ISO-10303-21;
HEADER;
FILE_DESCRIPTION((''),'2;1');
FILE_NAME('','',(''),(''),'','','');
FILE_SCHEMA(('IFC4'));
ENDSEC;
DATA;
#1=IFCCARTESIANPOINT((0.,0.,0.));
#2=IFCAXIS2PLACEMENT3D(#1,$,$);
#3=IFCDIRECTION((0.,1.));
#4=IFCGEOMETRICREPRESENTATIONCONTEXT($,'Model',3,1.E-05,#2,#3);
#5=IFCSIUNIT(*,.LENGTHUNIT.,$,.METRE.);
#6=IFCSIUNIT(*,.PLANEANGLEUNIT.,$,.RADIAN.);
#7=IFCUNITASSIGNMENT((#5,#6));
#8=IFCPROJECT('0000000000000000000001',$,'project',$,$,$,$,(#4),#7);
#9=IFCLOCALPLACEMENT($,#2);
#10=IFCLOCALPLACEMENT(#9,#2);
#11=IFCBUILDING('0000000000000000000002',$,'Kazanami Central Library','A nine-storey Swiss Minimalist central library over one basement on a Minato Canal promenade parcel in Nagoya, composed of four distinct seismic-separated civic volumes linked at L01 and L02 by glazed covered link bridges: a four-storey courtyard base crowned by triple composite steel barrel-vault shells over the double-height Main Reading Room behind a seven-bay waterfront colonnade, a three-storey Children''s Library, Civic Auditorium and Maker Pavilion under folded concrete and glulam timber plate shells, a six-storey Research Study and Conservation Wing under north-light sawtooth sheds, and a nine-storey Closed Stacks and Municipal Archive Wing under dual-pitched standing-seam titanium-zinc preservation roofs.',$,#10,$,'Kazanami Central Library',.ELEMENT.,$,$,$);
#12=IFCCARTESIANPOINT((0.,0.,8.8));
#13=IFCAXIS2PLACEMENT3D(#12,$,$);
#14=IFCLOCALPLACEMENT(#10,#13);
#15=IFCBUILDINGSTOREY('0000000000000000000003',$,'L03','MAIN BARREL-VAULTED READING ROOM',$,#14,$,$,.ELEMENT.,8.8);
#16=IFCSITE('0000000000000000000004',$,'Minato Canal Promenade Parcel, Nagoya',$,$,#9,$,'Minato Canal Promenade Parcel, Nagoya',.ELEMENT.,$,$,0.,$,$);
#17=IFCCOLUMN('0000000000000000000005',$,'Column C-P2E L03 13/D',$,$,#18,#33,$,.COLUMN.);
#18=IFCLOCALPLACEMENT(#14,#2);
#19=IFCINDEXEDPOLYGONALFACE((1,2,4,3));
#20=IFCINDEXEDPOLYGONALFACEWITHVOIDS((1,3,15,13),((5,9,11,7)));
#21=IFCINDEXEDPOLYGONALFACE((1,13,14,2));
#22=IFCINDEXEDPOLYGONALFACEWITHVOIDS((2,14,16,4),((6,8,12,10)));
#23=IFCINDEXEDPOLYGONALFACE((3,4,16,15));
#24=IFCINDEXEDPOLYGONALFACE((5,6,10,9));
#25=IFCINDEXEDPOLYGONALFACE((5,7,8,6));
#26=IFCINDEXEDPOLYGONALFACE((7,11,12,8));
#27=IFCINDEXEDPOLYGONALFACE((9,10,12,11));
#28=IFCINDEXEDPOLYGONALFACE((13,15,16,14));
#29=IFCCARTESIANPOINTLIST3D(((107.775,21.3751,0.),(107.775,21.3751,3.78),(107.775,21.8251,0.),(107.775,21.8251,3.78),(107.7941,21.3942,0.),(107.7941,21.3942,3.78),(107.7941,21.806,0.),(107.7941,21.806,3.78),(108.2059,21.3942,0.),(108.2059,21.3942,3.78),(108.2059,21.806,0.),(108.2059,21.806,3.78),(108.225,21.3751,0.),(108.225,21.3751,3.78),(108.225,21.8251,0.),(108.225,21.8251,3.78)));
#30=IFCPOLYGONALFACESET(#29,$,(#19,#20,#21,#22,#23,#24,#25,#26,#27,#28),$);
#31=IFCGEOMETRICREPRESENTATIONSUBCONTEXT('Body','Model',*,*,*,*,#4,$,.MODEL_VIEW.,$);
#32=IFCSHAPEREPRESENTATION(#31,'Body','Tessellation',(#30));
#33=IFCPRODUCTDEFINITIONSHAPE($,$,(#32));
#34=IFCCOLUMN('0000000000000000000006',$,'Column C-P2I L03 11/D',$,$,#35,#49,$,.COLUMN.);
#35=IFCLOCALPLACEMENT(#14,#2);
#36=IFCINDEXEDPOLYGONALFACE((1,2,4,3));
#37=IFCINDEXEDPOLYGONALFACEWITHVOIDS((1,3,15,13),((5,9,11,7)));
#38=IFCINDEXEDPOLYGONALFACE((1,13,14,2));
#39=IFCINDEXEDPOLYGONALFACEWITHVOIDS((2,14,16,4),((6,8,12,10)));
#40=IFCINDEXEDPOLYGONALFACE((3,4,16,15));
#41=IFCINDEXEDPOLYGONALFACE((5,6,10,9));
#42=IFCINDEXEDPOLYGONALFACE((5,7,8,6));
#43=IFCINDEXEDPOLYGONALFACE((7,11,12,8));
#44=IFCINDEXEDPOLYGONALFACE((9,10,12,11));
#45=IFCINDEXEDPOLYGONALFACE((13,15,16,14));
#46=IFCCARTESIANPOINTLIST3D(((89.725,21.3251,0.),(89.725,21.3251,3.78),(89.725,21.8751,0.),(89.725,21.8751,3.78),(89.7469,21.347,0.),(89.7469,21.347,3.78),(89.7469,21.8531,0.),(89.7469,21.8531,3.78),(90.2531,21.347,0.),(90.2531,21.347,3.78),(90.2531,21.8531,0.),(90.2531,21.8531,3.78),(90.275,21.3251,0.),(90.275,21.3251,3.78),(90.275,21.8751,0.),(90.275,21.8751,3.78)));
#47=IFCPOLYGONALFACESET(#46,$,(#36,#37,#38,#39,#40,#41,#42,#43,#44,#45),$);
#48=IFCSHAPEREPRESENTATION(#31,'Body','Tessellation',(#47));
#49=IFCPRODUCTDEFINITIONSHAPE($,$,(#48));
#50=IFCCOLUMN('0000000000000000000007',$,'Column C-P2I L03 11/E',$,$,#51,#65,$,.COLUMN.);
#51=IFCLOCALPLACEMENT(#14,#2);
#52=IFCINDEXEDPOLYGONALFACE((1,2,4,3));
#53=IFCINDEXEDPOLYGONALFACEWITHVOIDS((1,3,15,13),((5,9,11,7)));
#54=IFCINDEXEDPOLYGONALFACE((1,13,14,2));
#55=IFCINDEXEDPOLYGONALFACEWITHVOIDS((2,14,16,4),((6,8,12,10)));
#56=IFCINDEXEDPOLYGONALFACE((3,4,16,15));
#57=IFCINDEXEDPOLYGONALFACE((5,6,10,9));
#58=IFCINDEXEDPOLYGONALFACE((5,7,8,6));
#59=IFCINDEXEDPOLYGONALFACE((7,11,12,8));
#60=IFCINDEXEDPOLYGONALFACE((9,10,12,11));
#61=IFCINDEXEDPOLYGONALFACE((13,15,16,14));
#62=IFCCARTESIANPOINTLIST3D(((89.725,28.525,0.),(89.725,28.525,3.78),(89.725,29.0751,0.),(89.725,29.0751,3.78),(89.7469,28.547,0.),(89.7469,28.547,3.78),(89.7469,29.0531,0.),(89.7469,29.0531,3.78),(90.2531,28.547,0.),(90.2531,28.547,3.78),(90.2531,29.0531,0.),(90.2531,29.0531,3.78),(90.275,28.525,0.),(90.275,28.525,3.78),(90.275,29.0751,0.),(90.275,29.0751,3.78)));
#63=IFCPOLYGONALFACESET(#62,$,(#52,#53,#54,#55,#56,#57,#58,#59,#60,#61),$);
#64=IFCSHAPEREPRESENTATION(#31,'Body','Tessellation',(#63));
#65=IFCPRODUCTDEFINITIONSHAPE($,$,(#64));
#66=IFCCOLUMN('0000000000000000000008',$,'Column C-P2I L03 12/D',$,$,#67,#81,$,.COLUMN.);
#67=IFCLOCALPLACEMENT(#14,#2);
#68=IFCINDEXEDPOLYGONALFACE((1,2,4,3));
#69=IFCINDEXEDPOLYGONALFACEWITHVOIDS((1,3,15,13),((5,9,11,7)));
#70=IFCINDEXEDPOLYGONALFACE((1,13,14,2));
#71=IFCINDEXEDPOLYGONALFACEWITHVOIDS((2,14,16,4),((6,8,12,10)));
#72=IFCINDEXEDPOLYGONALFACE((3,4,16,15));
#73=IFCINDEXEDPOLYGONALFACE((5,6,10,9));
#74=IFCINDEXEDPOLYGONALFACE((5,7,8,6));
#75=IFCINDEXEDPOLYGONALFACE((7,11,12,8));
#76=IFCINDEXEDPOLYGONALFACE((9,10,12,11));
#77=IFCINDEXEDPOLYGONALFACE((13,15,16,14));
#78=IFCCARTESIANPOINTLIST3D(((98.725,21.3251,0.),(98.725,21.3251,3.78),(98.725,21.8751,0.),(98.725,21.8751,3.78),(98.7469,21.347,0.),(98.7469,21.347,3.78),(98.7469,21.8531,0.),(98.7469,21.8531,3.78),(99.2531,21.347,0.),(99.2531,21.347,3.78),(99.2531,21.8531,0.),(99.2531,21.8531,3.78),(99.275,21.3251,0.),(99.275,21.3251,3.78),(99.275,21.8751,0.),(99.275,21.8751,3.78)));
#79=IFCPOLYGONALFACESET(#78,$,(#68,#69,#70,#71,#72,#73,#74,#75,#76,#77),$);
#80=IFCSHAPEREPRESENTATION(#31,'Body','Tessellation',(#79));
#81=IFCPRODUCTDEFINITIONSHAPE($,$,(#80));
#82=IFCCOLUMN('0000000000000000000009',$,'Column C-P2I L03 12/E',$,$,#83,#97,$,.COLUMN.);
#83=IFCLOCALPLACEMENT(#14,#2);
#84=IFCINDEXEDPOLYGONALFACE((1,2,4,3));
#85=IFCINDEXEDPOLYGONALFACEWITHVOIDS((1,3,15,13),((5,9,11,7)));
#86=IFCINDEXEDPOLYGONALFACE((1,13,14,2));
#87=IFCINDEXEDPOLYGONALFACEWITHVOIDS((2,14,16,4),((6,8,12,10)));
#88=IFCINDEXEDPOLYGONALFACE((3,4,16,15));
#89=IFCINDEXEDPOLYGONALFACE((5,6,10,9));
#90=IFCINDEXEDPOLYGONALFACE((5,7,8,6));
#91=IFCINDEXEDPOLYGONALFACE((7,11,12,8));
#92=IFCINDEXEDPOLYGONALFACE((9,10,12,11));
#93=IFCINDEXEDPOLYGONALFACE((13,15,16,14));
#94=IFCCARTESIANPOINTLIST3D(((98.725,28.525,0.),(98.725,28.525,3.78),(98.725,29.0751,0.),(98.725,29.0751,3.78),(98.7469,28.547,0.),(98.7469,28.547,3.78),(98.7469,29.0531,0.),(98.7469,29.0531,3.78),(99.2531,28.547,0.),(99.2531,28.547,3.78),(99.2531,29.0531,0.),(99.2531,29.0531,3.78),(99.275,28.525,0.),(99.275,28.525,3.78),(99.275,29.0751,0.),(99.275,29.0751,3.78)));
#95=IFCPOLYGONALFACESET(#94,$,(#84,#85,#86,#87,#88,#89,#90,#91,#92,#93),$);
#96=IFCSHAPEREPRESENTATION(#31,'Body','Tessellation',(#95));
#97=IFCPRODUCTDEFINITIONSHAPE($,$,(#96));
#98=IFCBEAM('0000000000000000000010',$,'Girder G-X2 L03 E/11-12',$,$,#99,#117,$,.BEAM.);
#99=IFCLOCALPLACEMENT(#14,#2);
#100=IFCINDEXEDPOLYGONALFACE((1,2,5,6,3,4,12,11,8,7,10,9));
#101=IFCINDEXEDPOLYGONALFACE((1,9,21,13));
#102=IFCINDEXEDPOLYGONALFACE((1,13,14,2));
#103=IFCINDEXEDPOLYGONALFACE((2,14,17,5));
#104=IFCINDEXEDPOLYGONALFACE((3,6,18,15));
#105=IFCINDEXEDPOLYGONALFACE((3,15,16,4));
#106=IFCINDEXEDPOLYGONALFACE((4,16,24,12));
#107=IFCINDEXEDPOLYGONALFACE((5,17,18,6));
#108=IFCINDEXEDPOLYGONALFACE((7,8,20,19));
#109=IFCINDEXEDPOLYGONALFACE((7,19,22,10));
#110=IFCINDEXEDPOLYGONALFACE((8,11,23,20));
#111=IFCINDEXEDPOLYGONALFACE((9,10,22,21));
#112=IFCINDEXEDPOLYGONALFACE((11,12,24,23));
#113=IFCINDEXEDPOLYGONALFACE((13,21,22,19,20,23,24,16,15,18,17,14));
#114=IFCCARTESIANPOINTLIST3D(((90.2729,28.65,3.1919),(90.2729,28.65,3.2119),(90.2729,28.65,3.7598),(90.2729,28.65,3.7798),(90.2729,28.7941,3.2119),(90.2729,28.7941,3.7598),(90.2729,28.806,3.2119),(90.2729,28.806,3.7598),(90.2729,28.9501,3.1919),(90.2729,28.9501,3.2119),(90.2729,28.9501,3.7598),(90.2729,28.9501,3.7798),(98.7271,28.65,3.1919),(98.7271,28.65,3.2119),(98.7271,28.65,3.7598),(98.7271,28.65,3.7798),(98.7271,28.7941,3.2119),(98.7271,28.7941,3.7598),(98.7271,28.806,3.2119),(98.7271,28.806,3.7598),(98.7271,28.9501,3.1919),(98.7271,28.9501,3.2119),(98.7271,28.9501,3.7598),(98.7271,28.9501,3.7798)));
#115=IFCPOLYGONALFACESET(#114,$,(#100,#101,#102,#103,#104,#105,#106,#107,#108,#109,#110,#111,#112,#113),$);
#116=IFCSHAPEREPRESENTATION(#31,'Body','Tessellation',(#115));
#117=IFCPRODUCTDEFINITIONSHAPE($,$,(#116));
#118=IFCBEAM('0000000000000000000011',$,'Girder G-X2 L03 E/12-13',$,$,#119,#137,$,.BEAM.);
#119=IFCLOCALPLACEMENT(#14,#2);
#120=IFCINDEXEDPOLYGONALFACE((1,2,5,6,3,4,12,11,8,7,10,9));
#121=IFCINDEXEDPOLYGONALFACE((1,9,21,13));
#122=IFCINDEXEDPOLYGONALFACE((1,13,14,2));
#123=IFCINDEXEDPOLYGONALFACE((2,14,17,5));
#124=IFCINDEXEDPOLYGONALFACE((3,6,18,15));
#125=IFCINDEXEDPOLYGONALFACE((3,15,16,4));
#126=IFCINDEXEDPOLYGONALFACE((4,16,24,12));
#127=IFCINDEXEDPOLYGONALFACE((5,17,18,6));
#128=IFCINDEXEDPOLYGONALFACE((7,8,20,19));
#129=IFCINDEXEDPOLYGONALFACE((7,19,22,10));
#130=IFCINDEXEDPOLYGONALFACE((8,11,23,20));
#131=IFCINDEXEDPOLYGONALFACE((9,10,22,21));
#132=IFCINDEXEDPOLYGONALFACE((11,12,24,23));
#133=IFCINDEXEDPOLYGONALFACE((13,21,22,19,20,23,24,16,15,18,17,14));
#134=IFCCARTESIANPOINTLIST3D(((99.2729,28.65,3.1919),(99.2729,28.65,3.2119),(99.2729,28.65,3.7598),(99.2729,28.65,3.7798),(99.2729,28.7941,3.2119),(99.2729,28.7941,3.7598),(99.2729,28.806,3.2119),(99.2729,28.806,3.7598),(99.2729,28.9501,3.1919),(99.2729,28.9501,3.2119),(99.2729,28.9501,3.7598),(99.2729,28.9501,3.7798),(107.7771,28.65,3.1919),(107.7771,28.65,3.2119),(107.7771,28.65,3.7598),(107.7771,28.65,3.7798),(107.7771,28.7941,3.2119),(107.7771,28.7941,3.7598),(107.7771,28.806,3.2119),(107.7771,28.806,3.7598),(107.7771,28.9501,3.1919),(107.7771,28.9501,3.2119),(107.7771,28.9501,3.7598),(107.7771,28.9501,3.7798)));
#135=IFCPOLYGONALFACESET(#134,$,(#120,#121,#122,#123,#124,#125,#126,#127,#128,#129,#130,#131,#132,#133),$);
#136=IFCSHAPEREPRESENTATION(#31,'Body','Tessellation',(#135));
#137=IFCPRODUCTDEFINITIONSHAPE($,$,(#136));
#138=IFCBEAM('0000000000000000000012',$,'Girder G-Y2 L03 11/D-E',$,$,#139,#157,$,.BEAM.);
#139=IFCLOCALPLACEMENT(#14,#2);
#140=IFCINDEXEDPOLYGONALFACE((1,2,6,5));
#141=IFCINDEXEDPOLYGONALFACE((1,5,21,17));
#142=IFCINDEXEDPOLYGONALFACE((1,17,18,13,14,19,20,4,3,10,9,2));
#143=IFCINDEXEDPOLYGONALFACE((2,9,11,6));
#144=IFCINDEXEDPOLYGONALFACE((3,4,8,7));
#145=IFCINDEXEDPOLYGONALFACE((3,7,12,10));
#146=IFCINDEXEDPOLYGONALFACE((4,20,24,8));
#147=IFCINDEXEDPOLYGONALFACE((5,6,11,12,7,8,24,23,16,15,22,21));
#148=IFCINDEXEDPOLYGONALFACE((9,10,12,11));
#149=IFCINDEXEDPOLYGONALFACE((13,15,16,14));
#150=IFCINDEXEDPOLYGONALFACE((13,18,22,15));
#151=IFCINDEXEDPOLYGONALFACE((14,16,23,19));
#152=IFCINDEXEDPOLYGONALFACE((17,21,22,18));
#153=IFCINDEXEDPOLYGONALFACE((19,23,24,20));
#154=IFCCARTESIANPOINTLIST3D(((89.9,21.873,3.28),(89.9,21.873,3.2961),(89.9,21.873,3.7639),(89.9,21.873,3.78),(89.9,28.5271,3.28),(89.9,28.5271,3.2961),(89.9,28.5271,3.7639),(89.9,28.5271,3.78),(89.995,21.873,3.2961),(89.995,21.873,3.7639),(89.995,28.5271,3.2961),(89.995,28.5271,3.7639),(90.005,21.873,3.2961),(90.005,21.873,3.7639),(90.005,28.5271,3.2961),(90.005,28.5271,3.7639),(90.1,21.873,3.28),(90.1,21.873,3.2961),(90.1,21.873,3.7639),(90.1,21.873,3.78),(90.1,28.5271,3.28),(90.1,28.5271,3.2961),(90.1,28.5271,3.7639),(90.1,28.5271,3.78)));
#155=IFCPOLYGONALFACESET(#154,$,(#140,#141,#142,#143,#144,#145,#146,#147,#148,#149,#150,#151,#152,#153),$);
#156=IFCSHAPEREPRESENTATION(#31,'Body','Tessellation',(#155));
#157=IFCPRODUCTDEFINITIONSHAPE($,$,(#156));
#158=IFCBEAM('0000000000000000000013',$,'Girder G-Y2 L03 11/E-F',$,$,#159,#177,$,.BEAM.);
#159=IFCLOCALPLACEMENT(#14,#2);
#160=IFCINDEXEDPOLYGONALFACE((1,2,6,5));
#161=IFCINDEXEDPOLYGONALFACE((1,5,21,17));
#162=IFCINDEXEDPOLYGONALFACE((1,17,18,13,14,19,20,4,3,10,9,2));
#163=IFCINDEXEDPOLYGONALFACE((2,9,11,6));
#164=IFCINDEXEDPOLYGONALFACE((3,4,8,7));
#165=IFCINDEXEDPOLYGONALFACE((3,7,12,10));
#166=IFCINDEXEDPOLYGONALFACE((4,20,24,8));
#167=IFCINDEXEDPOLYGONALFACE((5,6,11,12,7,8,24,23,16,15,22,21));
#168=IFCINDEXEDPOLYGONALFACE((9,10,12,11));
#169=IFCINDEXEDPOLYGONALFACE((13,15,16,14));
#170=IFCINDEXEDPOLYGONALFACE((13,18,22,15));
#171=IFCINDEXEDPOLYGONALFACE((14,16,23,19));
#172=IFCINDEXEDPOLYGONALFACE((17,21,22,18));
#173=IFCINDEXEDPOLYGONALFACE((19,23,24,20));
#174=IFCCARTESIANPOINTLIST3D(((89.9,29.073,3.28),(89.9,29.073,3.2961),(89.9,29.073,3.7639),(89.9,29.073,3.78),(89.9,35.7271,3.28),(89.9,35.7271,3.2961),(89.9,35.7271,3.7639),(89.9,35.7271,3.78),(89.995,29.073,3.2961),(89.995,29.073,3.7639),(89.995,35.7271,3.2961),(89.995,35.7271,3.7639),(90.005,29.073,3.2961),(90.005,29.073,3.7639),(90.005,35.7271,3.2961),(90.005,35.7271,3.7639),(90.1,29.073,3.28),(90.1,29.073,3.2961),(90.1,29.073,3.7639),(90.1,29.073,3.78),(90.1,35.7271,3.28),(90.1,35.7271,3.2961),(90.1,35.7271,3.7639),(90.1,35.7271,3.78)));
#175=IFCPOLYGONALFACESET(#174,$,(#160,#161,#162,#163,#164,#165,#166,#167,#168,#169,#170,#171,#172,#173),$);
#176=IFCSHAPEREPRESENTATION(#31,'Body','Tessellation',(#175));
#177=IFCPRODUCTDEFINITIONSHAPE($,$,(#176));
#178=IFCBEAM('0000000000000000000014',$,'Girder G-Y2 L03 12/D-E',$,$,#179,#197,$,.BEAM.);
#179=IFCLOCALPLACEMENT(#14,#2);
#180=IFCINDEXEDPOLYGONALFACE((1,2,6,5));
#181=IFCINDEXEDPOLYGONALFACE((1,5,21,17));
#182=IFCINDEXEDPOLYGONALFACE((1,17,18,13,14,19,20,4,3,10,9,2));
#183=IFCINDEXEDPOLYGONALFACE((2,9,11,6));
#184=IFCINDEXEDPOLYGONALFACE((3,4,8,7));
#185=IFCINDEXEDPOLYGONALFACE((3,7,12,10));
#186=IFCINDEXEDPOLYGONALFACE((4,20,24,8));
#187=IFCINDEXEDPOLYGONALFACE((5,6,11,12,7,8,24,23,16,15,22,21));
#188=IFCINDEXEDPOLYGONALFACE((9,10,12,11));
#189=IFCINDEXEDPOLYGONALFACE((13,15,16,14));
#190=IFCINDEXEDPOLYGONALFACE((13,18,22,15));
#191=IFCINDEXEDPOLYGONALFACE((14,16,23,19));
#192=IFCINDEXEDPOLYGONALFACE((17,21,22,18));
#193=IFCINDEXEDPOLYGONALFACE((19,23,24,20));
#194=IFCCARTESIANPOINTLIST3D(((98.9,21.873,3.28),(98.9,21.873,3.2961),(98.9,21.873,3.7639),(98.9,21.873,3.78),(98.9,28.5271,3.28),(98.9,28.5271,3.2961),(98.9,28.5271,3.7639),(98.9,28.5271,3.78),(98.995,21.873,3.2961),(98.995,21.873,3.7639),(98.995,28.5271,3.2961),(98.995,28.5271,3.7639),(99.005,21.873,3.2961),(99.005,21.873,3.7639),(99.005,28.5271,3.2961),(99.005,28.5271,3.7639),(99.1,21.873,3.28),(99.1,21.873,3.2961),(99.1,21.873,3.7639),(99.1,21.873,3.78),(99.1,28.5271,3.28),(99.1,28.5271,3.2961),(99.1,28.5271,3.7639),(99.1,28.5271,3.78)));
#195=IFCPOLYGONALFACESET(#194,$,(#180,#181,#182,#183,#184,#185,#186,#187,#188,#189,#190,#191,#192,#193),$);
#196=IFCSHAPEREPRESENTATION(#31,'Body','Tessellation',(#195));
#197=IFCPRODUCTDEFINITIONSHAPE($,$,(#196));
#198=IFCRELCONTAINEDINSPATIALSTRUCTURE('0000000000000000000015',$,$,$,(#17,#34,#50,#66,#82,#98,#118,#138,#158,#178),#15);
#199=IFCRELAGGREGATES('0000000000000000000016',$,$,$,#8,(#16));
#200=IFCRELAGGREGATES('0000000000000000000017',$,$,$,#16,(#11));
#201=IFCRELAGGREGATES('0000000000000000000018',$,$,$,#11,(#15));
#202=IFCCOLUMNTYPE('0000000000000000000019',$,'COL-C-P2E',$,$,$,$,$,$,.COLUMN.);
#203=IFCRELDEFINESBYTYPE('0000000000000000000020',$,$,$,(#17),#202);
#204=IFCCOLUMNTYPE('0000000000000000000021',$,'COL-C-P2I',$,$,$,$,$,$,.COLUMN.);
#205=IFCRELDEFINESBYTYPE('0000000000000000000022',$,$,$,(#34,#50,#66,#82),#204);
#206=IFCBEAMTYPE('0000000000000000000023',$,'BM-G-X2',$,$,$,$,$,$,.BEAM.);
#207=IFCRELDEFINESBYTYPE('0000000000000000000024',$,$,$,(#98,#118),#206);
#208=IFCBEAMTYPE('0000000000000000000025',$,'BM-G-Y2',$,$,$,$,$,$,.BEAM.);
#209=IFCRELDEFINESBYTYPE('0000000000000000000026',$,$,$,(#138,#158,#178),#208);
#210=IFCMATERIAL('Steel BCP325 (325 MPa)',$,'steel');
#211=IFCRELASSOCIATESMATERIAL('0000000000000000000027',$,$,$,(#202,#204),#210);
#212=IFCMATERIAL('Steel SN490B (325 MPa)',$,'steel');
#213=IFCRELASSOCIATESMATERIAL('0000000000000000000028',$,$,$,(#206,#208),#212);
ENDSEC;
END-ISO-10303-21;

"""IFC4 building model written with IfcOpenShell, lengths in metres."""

from ifc_helpers import new_model, si_unit, direction, frame, origin, origin_2d, place, context, subcontext, project, spatial, hollow_rectangle, i_section, extrude, material, material_profile, profile_set, type_object, element, save


model = new_model("IFC4")

# Units and contexts
model_context = context("Model", 3, precision=1e-05, world=origin(), true_north=direction((0.0, 1.0)))
body_context = subcontext(model_context, "Body", "Model", "MODEL_VIEW")
ifc_project = project(units=[si_unit("LENGTHUNIT", "METRE"), si_unit("PLANEANGLEUNIT", "RADIAN")], contexts=[model_context])

# Site, building, storey
site_placement = place(None, origin())
site = spatial("IfcSite", under=ifc_project, at=site_placement, Name="Minato Canal Promenade Parcel, Nagoya", LongName="Minato Canal Promenade Parcel, Nagoya", CompositionType="ELEMENT", RefElevation=0.0)
building_placement = place(site_placement, origin())
building = spatial("IfcBuilding", under=site, at=building_placement, Name="Kazanami Central Library", Description="A nine-storey Swiss Minimalist central library over one basement on a Minato Canal promenade parcel in Nagoya, composed of four distinct seismic-separated civic volumes linked at L01 and L02 by glazed covered link bridges: a four-storey courtyard base crowned by triple composite steel barrel-vault shells over the double-height Main Reading Room behind a seven-bay waterfront colonnade, a three-storey Children's Library, Civic Auditorium and Maker Pavilion under folded concrete and glulam timber plate shells, a six-storey Research Study and Conservation Wing under north-light sawtooth sheds, and a nine-storey Closed Stacks and Municipal Archive Wing under dual-pitched standing-seam titanium-zinc preservation roofs.", LongName="Kazanami Central Library", CompositionType="ELEMENT")
storey_placement = place(building_placement, frame((0.0, 0.0, 8.8)))
storey = spatial("IfcBuildingStorey", under=building, at=storey_placement, Name="L03", Description="MAIN BARREL-VAULTED READING ROOM", CompositionType="ELEMENT", Elevation=8.8)

# Columns
ifc_material_1 = material(Name="Steel BCP325 (325 MPa)", Category="steel")
ifc_material_profile_1 = material_profile(ifc_material_1, hollow_rectangle(XDim=0.45, YDim=0.45, WallThickness=0.019, at=origin_2d()), Name="BCP-450x450x19")
ifc_profile_set_1 = profile_set([ifc_material_profile_1], Name="Steel BCP325 (325 MPa)")
column_type_1 = type_object("IfcColumnType", Name="COL-C-P2E", PredefinedType="COLUMN", material=ifc_profile_set_1)
column_placement = place(storey_placement, frame((108.0, 21.6001, 0.0), z_axis=(0.0, 0.0, 1.0), x_axis=(1.0, 0.0, 0.0)))
element("IfcColumn", 1, at=column_placement, inside=storey, type_object=column_type_1, Name="Column C-P2E L03 13/D", PredefinedType="COLUMN", context=body_context, shape_type="SweptSolid", body=[
    extrude(hollow_rectangle(XDim=0.45, YDim=0.45, WallThickness=0.019, at=origin_2d()), origin(), (0.0, 0.0, 1.0), 3.78),
])
ifc_material_profile_2 = material_profile(ifc_material_1, hollow_rectangle(XDim=0.55, YDim=0.55, WallThickness=0.022, at=origin_2d()), Name="BCP-550x550x22")
ifc_profile_set_2 = profile_set([ifc_material_profile_2], Name="Steel BCP325 (325 MPa)")
column_type_2 = type_object("IfcColumnType", Name="COL-C-P2I", PredefinedType="COLUMN", material=ifc_profile_set_2)
for number, where, z_axis, x_axis, name in (
    (2, (90.0, 21.6001, 0.0), (0.0, 0.0, 1.0), (1.0, 0.0, 0.0), "Column C-P2I L03 11/D"),
    (3, (90.0, 28.8, 0.0), (0.0, 0.0, 1.0), (1.0, 0.0, 0.0), "Column C-P2I L03 11/E"),
    (4, (99.0, 21.6001, 0.0), (0.0, 0.0, 1.0), (1.0, 0.0, 0.0), "Column C-P2I L03 12/D"),
    (5, (99.0, 28.8, 0.0), (0.0, 0.0, 1.0), (1.0, 0.0, 0.0), "Column C-P2I L03 12/E"),
):
    element("IfcColumn", number, at=place(storey_placement, frame(where, z_axis=z_axis, x_axis=x_axis)), inside=storey, type_object=column_type_2, Name=name, PredefinedType="COLUMN", context=body_context, shape_type="SweptSolid", body=[
        extrude(hollow_rectangle(XDim=0.55, YDim=0.55, WallThickness=0.022, at=origin_2d()), origin(), (0.0, 0.0, 1.0), 3.78),
    ])

# Beams
ifc_material_2 = material(Name="Steel SN490B (325 MPa)", Category="steel")
ifc_material_profile_3 = material_profile(ifc_material_2, i_section(OverallWidth=0.3, OverallDepth=0.5879, WebThickness=0.012, FlangeThickness=0.02, at=origin_2d()), Name="H-588x300x12x20")
ifc_profile_set_3 = profile_set([ifc_material_profile_3], Name="Steel SN490B (325 MPa)")
beam_type_1 = type_object("IfcBeamType", Name="BM-G-X2", PredefinedType="BEAM", material=ifc_profile_set_3)
beam_1_placement = place(storey_placement, frame((90.2729, 28.8, 3.4858), z_axis=(1.0, 0.0, 0.0), x_axis=(0.0, 1.0, 0.0)))
element("IfcBeam", 6, at=beam_1_placement, inside=storey, type_object=beam_type_1, Name="Girder G-X2 L03 E/11-12", PredefinedType="BEAM", context=body_context, shape_type="SweptSolid", body=[
    extrude(i_section(OverallWidth=0.3, OverallDepth=0.5879, WebThickness=0.012, FlangeThickness=0.02, at=origin_2d()), origin(), (0.0, 0.0, 1.0), 8.4541),
])
beam_2_placement = place(storey_placement, frame((99.2729, 28.8, 3.4858), z_axis=(1.0, 0.0, 0.0), x_axis=(0.0, 1.0, 0.0)))
element("IfcBeam", 7, at=beam_2_placement, inside=storey, type_object=beam_type_1, Name="Girder G-X2 L03 E/12-13", PredefinedType="BEAM", context=body_context, shape_type="SweptSolid", body=[
    extrude(i_section(OverallWidth=0.3, OverallDepth=0.5879, WebThickness=0.012, FlangeThickness=0.02, at=origin_2d()), origin(), (0.0, 0.0, 1.0), 8.5042),
])
ifc_material_profile_4 = material_profile(ifc_material_2, i_section(OverallWidth=0.2, OverallDepth=0.5, WebThickness=0.01, FlangeThickness=0.0161, at=origin_2d()), Name="H-500x200x10x16")
ifc_profile_set_4 = profile_set([ifc_material_profile_4], Name="Steel SN490B (325 MPa)")
beam_type_2 = type_object("IfcBeamType", Name="BM-G-Y2", PredefinedType="BEAM", material=ifc_profile_set_4)
for number, where, z_axis, x_axis, name in (
    (8, (90.0, 21.873, 3.53), (0.0, 1.0, 0.0), (-1.0, 0.0, 0.0), "Girder G-Y2 L03 11/D-E"),
    (9, (90.0, 29.073, 3.53), (0.0, 1.0, 0.0), (-1.0, 0.0, 0.0), "Girder G-Y2 L03 11/E-F"),
    (10, (99.0, 21.873, 3.53), (0.0, 1.0, 0.0), (-1.0, 0.0, 0.0), "Girder G-Y2 L03 12/D-E"),
):
    element("IfcBeam", number, at=place(storey_placement, frame(where, z_axis=z_axis, x_axis=x_axis)), inside=storey, type_object=beam_type_2, Name=name, PredefinedType="BEAM", context=body_context, shape_type="SweptSolid", body=[
        extrude(i_section(OverallWidth=0.2, OverallDepth=0.5, WebThickness=0.01, FlangeThickness=0.0161, at=origin_2d()), origin(), (0.0, 0.0, 1.0), 6.6541),
    ])

save(model, "model.ifc")
